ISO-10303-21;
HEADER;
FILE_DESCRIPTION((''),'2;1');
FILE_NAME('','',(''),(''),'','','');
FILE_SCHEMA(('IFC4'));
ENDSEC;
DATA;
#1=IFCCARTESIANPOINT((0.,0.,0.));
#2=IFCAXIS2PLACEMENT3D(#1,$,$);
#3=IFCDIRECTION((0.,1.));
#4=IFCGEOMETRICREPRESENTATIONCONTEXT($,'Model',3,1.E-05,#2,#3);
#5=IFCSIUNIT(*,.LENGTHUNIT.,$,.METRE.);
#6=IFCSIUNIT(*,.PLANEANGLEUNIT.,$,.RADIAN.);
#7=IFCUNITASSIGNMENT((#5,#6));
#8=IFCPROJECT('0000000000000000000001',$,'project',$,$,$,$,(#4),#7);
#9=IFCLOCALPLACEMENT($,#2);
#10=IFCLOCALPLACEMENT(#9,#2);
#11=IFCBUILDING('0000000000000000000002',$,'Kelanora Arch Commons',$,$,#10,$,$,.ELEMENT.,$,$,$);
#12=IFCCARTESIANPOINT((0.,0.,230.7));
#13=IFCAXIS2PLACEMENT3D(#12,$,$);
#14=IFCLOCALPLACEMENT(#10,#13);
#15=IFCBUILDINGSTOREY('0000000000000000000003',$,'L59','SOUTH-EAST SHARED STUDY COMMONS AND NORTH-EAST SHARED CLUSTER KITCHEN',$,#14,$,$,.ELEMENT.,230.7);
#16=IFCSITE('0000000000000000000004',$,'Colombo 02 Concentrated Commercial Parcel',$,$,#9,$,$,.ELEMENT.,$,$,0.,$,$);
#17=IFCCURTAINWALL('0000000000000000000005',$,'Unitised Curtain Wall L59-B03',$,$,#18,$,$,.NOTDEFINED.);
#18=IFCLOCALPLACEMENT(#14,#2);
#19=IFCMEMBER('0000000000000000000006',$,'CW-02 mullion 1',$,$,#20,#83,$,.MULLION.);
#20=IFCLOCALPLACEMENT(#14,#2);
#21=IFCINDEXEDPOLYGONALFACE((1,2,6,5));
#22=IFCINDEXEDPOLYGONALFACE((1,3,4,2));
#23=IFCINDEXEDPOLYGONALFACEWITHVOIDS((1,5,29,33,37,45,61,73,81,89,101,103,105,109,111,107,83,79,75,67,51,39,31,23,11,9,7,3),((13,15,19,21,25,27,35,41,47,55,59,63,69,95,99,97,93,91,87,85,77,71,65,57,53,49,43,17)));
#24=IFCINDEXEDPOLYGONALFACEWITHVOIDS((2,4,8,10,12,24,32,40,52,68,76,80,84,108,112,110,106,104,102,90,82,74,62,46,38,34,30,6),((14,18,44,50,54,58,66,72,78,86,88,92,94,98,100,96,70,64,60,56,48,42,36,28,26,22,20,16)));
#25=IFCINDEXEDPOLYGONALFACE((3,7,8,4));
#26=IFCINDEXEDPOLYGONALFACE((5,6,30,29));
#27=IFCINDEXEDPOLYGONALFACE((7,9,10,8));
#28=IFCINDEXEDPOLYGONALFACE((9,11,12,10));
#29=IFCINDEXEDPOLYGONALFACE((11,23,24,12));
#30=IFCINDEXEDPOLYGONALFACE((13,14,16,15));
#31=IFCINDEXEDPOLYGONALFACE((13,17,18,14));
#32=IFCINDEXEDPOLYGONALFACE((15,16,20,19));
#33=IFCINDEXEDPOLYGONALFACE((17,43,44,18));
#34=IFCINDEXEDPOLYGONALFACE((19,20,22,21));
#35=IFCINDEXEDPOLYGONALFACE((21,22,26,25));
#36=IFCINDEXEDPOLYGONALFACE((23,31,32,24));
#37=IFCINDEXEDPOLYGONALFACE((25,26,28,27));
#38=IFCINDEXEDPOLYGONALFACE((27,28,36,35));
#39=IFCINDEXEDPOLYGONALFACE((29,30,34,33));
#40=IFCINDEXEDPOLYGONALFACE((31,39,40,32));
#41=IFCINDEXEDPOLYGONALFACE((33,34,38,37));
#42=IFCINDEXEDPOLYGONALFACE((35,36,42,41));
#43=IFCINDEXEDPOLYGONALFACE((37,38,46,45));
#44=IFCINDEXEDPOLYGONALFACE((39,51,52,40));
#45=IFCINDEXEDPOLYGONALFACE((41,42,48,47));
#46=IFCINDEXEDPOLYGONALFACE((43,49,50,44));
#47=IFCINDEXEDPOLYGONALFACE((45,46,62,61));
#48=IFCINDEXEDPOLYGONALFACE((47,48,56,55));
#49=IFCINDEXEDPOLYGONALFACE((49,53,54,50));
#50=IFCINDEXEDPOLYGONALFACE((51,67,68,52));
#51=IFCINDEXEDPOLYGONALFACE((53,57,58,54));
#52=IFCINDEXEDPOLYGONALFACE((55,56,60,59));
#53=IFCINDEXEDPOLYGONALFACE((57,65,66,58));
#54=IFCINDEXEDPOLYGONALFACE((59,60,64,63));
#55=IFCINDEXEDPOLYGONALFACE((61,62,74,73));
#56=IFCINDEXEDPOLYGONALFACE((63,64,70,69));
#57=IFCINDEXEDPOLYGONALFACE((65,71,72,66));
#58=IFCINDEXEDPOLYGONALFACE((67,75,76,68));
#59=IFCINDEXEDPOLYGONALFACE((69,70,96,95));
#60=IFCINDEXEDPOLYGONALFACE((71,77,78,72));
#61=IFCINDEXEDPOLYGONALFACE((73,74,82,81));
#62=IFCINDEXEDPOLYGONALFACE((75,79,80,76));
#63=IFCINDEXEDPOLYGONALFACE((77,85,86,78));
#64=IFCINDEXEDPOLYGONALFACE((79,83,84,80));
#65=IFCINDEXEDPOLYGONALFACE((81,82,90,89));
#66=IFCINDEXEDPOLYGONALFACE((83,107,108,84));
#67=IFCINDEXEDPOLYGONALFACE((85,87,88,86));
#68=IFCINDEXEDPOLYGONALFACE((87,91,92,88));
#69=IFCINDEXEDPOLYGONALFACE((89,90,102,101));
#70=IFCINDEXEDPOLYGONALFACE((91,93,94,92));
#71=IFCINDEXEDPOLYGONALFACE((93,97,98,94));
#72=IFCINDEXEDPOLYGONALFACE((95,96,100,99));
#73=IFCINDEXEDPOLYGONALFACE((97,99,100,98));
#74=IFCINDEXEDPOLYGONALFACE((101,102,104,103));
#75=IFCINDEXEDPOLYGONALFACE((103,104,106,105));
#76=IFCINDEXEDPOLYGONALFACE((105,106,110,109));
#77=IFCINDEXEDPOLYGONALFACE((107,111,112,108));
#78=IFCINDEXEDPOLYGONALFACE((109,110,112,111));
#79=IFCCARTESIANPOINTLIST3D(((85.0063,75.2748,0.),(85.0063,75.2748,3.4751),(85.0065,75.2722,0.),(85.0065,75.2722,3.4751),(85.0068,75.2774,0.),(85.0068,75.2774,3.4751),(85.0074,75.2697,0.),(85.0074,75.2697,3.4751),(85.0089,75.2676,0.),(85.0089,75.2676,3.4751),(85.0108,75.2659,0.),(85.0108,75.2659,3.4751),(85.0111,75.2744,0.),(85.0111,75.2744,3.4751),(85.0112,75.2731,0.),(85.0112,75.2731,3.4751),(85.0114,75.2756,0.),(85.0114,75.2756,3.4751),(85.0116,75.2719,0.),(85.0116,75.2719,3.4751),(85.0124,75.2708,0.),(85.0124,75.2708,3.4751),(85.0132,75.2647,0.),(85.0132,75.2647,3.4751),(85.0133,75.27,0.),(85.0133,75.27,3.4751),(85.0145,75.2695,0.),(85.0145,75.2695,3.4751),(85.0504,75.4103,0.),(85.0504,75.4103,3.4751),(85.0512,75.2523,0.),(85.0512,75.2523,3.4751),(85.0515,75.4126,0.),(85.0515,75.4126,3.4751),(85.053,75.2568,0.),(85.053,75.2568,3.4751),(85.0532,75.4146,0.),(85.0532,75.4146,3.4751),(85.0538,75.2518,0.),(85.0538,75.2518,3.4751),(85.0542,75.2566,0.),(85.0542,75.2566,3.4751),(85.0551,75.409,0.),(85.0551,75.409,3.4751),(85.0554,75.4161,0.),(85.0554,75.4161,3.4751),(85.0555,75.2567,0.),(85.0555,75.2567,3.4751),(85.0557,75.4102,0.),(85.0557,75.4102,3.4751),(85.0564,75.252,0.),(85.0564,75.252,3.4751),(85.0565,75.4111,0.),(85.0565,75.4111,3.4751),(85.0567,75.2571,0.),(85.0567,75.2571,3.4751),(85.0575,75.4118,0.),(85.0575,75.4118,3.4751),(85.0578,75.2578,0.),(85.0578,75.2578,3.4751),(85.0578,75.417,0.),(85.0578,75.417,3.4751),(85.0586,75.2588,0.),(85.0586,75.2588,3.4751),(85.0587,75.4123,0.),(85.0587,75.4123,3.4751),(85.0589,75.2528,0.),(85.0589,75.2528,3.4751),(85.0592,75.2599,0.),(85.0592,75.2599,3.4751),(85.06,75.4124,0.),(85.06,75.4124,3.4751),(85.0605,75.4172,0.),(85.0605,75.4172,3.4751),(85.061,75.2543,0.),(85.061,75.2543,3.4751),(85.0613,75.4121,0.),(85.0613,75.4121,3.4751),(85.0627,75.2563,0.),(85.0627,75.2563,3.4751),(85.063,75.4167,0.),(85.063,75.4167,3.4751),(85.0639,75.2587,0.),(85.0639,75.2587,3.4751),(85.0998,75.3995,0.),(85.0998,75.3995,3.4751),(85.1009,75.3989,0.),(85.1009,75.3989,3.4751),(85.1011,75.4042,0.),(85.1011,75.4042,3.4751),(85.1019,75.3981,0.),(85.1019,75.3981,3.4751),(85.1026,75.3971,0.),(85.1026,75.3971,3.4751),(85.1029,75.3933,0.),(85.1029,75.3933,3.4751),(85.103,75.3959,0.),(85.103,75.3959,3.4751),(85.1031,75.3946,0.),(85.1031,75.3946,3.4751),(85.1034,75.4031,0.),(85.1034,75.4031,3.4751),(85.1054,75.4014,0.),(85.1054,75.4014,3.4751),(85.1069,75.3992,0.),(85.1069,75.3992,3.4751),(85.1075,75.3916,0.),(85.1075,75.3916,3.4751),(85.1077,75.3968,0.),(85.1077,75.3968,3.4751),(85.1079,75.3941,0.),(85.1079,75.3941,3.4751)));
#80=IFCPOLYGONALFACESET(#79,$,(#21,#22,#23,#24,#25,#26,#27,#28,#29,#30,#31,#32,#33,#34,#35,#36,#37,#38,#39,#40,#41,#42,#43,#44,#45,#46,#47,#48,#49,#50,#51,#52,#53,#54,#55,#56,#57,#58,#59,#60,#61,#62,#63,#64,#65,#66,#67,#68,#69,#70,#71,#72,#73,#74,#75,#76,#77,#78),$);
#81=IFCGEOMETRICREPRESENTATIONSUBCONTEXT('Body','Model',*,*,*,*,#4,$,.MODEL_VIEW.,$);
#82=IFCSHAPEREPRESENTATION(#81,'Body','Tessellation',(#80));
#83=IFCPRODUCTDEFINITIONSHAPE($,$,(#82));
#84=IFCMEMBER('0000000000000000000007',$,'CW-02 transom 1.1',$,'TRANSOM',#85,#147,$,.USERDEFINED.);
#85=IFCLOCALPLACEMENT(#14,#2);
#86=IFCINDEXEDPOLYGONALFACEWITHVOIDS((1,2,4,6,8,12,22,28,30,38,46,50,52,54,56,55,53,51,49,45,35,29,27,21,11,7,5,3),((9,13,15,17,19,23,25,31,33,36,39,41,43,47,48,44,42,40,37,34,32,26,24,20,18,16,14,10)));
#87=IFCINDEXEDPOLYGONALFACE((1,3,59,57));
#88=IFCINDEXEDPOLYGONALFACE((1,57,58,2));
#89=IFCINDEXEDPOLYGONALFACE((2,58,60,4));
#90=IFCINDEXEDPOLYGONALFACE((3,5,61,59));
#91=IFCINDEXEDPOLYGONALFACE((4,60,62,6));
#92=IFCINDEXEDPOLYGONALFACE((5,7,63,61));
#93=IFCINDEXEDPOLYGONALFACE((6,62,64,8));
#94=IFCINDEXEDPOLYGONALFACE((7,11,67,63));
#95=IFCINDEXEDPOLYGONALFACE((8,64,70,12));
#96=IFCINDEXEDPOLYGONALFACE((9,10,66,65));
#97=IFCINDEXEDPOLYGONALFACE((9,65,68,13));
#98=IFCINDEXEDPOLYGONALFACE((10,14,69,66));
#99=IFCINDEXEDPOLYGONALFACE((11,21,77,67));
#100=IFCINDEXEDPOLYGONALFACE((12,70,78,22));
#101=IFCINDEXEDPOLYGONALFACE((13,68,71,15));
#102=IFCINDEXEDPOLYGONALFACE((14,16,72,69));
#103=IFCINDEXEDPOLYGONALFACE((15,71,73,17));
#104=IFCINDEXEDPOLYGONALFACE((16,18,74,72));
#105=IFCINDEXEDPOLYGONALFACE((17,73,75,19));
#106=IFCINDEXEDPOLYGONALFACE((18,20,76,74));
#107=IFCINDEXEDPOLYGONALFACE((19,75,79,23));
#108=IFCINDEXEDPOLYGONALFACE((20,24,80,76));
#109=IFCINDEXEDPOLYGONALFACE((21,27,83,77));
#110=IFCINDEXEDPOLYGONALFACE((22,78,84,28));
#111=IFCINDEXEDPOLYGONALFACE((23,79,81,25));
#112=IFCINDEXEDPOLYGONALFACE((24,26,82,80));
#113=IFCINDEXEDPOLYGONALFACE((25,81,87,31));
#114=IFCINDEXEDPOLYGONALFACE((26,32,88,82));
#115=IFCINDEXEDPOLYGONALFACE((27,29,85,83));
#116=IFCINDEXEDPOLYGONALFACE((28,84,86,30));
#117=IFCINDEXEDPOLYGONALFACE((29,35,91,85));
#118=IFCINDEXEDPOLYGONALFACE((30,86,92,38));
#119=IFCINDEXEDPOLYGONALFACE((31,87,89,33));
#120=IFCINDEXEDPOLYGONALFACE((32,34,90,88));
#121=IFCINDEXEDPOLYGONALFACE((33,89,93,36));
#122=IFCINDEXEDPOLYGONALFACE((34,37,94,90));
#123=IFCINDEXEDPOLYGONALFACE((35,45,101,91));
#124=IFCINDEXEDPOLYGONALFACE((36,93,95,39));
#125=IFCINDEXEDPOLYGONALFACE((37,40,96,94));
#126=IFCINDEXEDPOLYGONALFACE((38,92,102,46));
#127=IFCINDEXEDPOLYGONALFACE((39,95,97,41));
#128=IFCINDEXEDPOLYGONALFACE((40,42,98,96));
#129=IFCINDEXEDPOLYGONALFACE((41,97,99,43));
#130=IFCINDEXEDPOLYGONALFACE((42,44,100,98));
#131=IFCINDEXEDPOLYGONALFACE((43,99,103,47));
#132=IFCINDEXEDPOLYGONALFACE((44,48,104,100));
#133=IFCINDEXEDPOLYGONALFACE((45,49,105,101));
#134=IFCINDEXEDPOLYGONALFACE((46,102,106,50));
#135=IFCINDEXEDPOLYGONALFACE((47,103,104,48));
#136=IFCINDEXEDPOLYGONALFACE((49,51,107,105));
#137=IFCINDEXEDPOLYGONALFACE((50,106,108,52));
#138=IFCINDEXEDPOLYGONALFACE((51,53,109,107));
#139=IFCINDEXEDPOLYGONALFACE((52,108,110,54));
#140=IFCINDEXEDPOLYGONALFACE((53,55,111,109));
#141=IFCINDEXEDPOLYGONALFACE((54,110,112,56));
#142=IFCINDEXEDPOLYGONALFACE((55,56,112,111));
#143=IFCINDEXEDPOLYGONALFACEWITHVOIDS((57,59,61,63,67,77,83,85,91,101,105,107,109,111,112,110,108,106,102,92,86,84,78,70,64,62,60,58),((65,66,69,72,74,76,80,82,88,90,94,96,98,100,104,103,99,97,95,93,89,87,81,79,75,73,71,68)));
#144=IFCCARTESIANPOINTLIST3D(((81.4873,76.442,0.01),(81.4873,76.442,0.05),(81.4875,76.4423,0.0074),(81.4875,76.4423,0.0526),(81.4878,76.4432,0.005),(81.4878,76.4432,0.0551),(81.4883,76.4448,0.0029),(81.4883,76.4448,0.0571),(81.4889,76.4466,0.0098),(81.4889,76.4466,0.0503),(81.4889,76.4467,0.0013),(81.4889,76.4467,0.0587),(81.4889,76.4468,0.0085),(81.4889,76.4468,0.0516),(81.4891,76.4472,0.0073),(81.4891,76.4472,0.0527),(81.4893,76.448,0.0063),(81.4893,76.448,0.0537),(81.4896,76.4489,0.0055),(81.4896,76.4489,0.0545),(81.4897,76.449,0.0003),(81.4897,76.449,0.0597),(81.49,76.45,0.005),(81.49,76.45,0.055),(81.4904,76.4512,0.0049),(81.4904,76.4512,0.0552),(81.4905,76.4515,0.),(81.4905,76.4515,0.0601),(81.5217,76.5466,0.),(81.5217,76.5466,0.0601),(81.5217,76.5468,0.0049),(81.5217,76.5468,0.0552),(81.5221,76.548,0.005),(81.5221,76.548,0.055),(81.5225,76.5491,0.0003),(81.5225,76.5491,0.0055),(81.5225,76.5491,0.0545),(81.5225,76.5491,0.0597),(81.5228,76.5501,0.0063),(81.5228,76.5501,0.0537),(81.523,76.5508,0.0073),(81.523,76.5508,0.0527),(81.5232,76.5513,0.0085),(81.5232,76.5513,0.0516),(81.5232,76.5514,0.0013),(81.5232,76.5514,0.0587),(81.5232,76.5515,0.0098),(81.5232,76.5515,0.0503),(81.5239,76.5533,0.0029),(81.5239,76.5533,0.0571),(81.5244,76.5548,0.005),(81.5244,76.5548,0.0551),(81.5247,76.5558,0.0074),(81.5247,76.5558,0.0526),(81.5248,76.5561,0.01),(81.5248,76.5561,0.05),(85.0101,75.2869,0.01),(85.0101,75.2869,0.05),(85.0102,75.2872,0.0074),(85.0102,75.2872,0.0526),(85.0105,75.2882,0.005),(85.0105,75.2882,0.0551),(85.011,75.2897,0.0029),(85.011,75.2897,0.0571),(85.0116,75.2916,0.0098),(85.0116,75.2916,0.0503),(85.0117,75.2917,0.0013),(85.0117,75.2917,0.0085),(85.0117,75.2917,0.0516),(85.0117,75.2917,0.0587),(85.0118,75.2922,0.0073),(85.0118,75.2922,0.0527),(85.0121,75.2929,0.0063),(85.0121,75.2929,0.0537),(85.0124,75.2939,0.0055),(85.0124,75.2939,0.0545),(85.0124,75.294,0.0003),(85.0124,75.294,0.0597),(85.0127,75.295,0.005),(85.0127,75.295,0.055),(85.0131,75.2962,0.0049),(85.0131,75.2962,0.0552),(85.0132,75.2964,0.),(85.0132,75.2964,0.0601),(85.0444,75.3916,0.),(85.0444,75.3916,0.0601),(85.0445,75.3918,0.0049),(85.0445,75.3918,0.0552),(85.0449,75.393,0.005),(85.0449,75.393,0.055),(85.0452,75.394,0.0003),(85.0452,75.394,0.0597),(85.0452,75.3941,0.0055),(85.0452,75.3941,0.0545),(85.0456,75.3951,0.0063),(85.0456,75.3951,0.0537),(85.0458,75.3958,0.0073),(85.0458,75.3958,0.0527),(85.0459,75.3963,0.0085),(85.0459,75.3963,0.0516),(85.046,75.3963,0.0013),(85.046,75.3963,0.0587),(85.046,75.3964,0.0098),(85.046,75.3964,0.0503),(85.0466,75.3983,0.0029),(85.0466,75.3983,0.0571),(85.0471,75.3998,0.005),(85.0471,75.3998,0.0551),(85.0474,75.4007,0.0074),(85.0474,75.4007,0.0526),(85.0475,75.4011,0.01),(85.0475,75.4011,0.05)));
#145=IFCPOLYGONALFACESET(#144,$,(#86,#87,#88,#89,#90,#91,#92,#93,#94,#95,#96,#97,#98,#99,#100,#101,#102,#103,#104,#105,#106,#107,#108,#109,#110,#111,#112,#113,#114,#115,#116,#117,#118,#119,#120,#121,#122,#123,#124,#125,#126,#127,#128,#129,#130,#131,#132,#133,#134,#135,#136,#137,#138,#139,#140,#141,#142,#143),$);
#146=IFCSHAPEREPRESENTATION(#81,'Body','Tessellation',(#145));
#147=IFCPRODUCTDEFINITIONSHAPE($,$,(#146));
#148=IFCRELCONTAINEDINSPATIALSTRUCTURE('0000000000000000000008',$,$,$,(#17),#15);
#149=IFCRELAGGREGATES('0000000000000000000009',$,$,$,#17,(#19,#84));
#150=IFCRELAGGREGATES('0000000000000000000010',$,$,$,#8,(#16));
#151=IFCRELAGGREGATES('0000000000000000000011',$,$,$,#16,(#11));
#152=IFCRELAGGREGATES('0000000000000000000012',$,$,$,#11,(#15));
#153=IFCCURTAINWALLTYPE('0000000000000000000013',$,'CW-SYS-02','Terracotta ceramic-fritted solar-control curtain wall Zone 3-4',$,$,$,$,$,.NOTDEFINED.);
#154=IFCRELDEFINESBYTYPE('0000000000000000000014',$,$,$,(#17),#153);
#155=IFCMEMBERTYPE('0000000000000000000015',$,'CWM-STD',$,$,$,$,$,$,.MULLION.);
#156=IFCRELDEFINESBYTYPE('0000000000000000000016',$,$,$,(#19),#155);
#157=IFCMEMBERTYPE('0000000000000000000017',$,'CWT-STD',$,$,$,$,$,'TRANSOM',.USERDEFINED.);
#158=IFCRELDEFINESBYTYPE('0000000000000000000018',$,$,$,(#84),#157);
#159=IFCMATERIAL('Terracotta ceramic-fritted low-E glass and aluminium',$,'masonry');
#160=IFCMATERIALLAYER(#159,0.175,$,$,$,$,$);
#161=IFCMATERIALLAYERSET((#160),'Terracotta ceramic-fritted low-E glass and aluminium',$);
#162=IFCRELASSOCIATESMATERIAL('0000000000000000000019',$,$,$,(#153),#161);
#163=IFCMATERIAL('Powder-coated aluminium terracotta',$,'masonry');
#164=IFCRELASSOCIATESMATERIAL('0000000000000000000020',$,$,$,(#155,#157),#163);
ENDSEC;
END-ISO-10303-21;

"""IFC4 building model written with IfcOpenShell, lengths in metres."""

from ifc_helpers import new_model, si_unit, direction, frame, origin, origin_2d, place, context, subcontext, project, spatial, hollow_rectangle, extrude, material, layer, layer_set, material_profile, profile_set, type_object, element, aggregate, save


model = new_model("IFC4")

# Units and contexts
model_context = context("Model", 3, precision=1e-05, world=origin(), true_north=direction((0.0, 1.0)))
body_context = subcontext(model_context, "Body", "Model", "MODEL_VIEW")
ifc_project = project(units=[si_unit("LENGTHUNIT", "METRE"), si_unit("PLANEANGLEUNIT", "RADIAN")], contexts=[model_context])

# Site, building, storey
site_placement = place(None, origin())
site = spatial("IfcSite", under=ifc_project, at=site_placement, Name="Colombo 02 Concentrated Commercial Parcel", CompositionType="ELEMENT", RefElevation=0.0)
building_placement = place(site_placement, origin())
building = spatial("IfcBuilding", under=site, at=building_placement, Name="Kelanora Arch Commons", CompositionType="ELEMENT")
storey_placement = place(building_placement, frame((0.0, 0.0, 230.7)))
storey = spatial("IfcBuildingStorey", under=building, at=storey_placement, Name="L59", Description="SOUTH-EAST SHARED STUDY COMMONS AND NORTH-EAST SHARED CLUSTER KITCHEN", CompositionType="ELEMENT", Elevation=230.7)

# Shared definitions
ifc_material_1 = material(Name="Terracotta ceramic-fritted low-E glass and aluminium", Category="masonry")
ifc_layer_1 = layer(ifc_material_1, 0.175)
ifc_layer_set_1 = layer_set([ifc_layer_1], Name="Terracotta ceramic-fritted low-E glass and aluminium")
curtain_wall_type = type_object("IfcCurtainWallType", Name="CW-SYS-02", Description="Terracotta ceramic-fritted solar-control curtain wall Zone 3-4", PredefinedType="NOTDEFINED", material=ifc_layer_set_1)
ifc_material_2 = material(Name="Powder-coated aluminium terracotta", Category="masonry")
ifc_material_profile_1 = material_profile(ifc_material_2, hollow_rectangle(XDim=0.1599, YDim=0.0601, WallThickness=0.0049, InnerFilletRadius=0.0049, OuterFilletRadius=0.01, at=origin_2d()), Name="CWM160x60")
ifc_profile_set_1 = profile_set([ifc_material_profile_1], Name="Powder-coated aluminium terracotta")
member_type_1 = type_object("IfcMemberType", Name="CWM-STD", PredefinedType="MULLION", material=ifc_profile_set_1)

# Curtain wall, members
curtain_wall_1_placement = place(storey_placement, origin())
curtain_wall_1 = element("IfcCurtainWall", 1, at=curtain_wall_1_placement, inside=storey, type_object=curtain_wall_type, Name="Unitised Curtain Wall L59-B03", PredefinedType="NOTDEFINED")
member_1_placement = place(storey_placement, frame((85.0571, 75.3345, 0.0), z_axis=(0.0, 0.0, 1.0), x_axis=(-0.311582, -0.950219, 0.0)))
member_1 = element("IfcMember", 2, at=member_1_placement, type_object=member_type_1, Name="CW-02 mullion 1", PredefinedType="MULLION", context=body_context, shape_type="SweptSolid", body=[
    extrude(hollow_rectangle(XDim=0.1599, YDim=0.0601, WallThickness=0.0049, InnerFilletRadius=0.0049, OuterFilletRadius=0.01, at=origin_2d()), origin(), (0.0, 0.0, 1.0), 3.4751),
])
ifc_material_profile_2 = material_profile(ifc_material_2, hollow_rectangle(XDim=0.1201, YDim=0.0601, WallThickness=0.0049, InnerFilletRadius=0.0049, OuterFilletRadius=0.01, at=origin_2d()), Name="CWT120x60")
ifc_profile_set_2 = profile_set([ifc_material_profile_2], Name="Powder-coated aluminium terracotta")
member_type_2 = type_object("IfcMemberType", Name="CWT-STD", ElementType="TRANSOM", PredefinedType="USERDEFINED", material=ifc_profile_set_2)
member_2_placement = place(storey_placement, frame((85.0288, 75.344, 0.03), z_axis=(-0.950226, 0.311561, 0.0), x_axis=(-0.311561, -0.950226, 0.0)))
member_2 = element("IfcMember", 3, at=member_2_placement, type_object=member_type_2, Name="CW-02 transom 1.1", ObjectType="TRANSOM", PredefinedType="USERDEFINED", context=body_context, shape_type="SweptSolid", body=[
    extrude(hollow_rectangle(XDim=0.1201, YDim=0.0601, WallThickness=0.0049, InnerFilletRadius=0.0049, OuterFilletRadius=0.01, at=origin_2d()), origin(), (0.0, 0.0, 1.0), 3.7073),
])
aggregate(curtain_wall_1, [member_1, member_2])

save(model, "model.ifc")
